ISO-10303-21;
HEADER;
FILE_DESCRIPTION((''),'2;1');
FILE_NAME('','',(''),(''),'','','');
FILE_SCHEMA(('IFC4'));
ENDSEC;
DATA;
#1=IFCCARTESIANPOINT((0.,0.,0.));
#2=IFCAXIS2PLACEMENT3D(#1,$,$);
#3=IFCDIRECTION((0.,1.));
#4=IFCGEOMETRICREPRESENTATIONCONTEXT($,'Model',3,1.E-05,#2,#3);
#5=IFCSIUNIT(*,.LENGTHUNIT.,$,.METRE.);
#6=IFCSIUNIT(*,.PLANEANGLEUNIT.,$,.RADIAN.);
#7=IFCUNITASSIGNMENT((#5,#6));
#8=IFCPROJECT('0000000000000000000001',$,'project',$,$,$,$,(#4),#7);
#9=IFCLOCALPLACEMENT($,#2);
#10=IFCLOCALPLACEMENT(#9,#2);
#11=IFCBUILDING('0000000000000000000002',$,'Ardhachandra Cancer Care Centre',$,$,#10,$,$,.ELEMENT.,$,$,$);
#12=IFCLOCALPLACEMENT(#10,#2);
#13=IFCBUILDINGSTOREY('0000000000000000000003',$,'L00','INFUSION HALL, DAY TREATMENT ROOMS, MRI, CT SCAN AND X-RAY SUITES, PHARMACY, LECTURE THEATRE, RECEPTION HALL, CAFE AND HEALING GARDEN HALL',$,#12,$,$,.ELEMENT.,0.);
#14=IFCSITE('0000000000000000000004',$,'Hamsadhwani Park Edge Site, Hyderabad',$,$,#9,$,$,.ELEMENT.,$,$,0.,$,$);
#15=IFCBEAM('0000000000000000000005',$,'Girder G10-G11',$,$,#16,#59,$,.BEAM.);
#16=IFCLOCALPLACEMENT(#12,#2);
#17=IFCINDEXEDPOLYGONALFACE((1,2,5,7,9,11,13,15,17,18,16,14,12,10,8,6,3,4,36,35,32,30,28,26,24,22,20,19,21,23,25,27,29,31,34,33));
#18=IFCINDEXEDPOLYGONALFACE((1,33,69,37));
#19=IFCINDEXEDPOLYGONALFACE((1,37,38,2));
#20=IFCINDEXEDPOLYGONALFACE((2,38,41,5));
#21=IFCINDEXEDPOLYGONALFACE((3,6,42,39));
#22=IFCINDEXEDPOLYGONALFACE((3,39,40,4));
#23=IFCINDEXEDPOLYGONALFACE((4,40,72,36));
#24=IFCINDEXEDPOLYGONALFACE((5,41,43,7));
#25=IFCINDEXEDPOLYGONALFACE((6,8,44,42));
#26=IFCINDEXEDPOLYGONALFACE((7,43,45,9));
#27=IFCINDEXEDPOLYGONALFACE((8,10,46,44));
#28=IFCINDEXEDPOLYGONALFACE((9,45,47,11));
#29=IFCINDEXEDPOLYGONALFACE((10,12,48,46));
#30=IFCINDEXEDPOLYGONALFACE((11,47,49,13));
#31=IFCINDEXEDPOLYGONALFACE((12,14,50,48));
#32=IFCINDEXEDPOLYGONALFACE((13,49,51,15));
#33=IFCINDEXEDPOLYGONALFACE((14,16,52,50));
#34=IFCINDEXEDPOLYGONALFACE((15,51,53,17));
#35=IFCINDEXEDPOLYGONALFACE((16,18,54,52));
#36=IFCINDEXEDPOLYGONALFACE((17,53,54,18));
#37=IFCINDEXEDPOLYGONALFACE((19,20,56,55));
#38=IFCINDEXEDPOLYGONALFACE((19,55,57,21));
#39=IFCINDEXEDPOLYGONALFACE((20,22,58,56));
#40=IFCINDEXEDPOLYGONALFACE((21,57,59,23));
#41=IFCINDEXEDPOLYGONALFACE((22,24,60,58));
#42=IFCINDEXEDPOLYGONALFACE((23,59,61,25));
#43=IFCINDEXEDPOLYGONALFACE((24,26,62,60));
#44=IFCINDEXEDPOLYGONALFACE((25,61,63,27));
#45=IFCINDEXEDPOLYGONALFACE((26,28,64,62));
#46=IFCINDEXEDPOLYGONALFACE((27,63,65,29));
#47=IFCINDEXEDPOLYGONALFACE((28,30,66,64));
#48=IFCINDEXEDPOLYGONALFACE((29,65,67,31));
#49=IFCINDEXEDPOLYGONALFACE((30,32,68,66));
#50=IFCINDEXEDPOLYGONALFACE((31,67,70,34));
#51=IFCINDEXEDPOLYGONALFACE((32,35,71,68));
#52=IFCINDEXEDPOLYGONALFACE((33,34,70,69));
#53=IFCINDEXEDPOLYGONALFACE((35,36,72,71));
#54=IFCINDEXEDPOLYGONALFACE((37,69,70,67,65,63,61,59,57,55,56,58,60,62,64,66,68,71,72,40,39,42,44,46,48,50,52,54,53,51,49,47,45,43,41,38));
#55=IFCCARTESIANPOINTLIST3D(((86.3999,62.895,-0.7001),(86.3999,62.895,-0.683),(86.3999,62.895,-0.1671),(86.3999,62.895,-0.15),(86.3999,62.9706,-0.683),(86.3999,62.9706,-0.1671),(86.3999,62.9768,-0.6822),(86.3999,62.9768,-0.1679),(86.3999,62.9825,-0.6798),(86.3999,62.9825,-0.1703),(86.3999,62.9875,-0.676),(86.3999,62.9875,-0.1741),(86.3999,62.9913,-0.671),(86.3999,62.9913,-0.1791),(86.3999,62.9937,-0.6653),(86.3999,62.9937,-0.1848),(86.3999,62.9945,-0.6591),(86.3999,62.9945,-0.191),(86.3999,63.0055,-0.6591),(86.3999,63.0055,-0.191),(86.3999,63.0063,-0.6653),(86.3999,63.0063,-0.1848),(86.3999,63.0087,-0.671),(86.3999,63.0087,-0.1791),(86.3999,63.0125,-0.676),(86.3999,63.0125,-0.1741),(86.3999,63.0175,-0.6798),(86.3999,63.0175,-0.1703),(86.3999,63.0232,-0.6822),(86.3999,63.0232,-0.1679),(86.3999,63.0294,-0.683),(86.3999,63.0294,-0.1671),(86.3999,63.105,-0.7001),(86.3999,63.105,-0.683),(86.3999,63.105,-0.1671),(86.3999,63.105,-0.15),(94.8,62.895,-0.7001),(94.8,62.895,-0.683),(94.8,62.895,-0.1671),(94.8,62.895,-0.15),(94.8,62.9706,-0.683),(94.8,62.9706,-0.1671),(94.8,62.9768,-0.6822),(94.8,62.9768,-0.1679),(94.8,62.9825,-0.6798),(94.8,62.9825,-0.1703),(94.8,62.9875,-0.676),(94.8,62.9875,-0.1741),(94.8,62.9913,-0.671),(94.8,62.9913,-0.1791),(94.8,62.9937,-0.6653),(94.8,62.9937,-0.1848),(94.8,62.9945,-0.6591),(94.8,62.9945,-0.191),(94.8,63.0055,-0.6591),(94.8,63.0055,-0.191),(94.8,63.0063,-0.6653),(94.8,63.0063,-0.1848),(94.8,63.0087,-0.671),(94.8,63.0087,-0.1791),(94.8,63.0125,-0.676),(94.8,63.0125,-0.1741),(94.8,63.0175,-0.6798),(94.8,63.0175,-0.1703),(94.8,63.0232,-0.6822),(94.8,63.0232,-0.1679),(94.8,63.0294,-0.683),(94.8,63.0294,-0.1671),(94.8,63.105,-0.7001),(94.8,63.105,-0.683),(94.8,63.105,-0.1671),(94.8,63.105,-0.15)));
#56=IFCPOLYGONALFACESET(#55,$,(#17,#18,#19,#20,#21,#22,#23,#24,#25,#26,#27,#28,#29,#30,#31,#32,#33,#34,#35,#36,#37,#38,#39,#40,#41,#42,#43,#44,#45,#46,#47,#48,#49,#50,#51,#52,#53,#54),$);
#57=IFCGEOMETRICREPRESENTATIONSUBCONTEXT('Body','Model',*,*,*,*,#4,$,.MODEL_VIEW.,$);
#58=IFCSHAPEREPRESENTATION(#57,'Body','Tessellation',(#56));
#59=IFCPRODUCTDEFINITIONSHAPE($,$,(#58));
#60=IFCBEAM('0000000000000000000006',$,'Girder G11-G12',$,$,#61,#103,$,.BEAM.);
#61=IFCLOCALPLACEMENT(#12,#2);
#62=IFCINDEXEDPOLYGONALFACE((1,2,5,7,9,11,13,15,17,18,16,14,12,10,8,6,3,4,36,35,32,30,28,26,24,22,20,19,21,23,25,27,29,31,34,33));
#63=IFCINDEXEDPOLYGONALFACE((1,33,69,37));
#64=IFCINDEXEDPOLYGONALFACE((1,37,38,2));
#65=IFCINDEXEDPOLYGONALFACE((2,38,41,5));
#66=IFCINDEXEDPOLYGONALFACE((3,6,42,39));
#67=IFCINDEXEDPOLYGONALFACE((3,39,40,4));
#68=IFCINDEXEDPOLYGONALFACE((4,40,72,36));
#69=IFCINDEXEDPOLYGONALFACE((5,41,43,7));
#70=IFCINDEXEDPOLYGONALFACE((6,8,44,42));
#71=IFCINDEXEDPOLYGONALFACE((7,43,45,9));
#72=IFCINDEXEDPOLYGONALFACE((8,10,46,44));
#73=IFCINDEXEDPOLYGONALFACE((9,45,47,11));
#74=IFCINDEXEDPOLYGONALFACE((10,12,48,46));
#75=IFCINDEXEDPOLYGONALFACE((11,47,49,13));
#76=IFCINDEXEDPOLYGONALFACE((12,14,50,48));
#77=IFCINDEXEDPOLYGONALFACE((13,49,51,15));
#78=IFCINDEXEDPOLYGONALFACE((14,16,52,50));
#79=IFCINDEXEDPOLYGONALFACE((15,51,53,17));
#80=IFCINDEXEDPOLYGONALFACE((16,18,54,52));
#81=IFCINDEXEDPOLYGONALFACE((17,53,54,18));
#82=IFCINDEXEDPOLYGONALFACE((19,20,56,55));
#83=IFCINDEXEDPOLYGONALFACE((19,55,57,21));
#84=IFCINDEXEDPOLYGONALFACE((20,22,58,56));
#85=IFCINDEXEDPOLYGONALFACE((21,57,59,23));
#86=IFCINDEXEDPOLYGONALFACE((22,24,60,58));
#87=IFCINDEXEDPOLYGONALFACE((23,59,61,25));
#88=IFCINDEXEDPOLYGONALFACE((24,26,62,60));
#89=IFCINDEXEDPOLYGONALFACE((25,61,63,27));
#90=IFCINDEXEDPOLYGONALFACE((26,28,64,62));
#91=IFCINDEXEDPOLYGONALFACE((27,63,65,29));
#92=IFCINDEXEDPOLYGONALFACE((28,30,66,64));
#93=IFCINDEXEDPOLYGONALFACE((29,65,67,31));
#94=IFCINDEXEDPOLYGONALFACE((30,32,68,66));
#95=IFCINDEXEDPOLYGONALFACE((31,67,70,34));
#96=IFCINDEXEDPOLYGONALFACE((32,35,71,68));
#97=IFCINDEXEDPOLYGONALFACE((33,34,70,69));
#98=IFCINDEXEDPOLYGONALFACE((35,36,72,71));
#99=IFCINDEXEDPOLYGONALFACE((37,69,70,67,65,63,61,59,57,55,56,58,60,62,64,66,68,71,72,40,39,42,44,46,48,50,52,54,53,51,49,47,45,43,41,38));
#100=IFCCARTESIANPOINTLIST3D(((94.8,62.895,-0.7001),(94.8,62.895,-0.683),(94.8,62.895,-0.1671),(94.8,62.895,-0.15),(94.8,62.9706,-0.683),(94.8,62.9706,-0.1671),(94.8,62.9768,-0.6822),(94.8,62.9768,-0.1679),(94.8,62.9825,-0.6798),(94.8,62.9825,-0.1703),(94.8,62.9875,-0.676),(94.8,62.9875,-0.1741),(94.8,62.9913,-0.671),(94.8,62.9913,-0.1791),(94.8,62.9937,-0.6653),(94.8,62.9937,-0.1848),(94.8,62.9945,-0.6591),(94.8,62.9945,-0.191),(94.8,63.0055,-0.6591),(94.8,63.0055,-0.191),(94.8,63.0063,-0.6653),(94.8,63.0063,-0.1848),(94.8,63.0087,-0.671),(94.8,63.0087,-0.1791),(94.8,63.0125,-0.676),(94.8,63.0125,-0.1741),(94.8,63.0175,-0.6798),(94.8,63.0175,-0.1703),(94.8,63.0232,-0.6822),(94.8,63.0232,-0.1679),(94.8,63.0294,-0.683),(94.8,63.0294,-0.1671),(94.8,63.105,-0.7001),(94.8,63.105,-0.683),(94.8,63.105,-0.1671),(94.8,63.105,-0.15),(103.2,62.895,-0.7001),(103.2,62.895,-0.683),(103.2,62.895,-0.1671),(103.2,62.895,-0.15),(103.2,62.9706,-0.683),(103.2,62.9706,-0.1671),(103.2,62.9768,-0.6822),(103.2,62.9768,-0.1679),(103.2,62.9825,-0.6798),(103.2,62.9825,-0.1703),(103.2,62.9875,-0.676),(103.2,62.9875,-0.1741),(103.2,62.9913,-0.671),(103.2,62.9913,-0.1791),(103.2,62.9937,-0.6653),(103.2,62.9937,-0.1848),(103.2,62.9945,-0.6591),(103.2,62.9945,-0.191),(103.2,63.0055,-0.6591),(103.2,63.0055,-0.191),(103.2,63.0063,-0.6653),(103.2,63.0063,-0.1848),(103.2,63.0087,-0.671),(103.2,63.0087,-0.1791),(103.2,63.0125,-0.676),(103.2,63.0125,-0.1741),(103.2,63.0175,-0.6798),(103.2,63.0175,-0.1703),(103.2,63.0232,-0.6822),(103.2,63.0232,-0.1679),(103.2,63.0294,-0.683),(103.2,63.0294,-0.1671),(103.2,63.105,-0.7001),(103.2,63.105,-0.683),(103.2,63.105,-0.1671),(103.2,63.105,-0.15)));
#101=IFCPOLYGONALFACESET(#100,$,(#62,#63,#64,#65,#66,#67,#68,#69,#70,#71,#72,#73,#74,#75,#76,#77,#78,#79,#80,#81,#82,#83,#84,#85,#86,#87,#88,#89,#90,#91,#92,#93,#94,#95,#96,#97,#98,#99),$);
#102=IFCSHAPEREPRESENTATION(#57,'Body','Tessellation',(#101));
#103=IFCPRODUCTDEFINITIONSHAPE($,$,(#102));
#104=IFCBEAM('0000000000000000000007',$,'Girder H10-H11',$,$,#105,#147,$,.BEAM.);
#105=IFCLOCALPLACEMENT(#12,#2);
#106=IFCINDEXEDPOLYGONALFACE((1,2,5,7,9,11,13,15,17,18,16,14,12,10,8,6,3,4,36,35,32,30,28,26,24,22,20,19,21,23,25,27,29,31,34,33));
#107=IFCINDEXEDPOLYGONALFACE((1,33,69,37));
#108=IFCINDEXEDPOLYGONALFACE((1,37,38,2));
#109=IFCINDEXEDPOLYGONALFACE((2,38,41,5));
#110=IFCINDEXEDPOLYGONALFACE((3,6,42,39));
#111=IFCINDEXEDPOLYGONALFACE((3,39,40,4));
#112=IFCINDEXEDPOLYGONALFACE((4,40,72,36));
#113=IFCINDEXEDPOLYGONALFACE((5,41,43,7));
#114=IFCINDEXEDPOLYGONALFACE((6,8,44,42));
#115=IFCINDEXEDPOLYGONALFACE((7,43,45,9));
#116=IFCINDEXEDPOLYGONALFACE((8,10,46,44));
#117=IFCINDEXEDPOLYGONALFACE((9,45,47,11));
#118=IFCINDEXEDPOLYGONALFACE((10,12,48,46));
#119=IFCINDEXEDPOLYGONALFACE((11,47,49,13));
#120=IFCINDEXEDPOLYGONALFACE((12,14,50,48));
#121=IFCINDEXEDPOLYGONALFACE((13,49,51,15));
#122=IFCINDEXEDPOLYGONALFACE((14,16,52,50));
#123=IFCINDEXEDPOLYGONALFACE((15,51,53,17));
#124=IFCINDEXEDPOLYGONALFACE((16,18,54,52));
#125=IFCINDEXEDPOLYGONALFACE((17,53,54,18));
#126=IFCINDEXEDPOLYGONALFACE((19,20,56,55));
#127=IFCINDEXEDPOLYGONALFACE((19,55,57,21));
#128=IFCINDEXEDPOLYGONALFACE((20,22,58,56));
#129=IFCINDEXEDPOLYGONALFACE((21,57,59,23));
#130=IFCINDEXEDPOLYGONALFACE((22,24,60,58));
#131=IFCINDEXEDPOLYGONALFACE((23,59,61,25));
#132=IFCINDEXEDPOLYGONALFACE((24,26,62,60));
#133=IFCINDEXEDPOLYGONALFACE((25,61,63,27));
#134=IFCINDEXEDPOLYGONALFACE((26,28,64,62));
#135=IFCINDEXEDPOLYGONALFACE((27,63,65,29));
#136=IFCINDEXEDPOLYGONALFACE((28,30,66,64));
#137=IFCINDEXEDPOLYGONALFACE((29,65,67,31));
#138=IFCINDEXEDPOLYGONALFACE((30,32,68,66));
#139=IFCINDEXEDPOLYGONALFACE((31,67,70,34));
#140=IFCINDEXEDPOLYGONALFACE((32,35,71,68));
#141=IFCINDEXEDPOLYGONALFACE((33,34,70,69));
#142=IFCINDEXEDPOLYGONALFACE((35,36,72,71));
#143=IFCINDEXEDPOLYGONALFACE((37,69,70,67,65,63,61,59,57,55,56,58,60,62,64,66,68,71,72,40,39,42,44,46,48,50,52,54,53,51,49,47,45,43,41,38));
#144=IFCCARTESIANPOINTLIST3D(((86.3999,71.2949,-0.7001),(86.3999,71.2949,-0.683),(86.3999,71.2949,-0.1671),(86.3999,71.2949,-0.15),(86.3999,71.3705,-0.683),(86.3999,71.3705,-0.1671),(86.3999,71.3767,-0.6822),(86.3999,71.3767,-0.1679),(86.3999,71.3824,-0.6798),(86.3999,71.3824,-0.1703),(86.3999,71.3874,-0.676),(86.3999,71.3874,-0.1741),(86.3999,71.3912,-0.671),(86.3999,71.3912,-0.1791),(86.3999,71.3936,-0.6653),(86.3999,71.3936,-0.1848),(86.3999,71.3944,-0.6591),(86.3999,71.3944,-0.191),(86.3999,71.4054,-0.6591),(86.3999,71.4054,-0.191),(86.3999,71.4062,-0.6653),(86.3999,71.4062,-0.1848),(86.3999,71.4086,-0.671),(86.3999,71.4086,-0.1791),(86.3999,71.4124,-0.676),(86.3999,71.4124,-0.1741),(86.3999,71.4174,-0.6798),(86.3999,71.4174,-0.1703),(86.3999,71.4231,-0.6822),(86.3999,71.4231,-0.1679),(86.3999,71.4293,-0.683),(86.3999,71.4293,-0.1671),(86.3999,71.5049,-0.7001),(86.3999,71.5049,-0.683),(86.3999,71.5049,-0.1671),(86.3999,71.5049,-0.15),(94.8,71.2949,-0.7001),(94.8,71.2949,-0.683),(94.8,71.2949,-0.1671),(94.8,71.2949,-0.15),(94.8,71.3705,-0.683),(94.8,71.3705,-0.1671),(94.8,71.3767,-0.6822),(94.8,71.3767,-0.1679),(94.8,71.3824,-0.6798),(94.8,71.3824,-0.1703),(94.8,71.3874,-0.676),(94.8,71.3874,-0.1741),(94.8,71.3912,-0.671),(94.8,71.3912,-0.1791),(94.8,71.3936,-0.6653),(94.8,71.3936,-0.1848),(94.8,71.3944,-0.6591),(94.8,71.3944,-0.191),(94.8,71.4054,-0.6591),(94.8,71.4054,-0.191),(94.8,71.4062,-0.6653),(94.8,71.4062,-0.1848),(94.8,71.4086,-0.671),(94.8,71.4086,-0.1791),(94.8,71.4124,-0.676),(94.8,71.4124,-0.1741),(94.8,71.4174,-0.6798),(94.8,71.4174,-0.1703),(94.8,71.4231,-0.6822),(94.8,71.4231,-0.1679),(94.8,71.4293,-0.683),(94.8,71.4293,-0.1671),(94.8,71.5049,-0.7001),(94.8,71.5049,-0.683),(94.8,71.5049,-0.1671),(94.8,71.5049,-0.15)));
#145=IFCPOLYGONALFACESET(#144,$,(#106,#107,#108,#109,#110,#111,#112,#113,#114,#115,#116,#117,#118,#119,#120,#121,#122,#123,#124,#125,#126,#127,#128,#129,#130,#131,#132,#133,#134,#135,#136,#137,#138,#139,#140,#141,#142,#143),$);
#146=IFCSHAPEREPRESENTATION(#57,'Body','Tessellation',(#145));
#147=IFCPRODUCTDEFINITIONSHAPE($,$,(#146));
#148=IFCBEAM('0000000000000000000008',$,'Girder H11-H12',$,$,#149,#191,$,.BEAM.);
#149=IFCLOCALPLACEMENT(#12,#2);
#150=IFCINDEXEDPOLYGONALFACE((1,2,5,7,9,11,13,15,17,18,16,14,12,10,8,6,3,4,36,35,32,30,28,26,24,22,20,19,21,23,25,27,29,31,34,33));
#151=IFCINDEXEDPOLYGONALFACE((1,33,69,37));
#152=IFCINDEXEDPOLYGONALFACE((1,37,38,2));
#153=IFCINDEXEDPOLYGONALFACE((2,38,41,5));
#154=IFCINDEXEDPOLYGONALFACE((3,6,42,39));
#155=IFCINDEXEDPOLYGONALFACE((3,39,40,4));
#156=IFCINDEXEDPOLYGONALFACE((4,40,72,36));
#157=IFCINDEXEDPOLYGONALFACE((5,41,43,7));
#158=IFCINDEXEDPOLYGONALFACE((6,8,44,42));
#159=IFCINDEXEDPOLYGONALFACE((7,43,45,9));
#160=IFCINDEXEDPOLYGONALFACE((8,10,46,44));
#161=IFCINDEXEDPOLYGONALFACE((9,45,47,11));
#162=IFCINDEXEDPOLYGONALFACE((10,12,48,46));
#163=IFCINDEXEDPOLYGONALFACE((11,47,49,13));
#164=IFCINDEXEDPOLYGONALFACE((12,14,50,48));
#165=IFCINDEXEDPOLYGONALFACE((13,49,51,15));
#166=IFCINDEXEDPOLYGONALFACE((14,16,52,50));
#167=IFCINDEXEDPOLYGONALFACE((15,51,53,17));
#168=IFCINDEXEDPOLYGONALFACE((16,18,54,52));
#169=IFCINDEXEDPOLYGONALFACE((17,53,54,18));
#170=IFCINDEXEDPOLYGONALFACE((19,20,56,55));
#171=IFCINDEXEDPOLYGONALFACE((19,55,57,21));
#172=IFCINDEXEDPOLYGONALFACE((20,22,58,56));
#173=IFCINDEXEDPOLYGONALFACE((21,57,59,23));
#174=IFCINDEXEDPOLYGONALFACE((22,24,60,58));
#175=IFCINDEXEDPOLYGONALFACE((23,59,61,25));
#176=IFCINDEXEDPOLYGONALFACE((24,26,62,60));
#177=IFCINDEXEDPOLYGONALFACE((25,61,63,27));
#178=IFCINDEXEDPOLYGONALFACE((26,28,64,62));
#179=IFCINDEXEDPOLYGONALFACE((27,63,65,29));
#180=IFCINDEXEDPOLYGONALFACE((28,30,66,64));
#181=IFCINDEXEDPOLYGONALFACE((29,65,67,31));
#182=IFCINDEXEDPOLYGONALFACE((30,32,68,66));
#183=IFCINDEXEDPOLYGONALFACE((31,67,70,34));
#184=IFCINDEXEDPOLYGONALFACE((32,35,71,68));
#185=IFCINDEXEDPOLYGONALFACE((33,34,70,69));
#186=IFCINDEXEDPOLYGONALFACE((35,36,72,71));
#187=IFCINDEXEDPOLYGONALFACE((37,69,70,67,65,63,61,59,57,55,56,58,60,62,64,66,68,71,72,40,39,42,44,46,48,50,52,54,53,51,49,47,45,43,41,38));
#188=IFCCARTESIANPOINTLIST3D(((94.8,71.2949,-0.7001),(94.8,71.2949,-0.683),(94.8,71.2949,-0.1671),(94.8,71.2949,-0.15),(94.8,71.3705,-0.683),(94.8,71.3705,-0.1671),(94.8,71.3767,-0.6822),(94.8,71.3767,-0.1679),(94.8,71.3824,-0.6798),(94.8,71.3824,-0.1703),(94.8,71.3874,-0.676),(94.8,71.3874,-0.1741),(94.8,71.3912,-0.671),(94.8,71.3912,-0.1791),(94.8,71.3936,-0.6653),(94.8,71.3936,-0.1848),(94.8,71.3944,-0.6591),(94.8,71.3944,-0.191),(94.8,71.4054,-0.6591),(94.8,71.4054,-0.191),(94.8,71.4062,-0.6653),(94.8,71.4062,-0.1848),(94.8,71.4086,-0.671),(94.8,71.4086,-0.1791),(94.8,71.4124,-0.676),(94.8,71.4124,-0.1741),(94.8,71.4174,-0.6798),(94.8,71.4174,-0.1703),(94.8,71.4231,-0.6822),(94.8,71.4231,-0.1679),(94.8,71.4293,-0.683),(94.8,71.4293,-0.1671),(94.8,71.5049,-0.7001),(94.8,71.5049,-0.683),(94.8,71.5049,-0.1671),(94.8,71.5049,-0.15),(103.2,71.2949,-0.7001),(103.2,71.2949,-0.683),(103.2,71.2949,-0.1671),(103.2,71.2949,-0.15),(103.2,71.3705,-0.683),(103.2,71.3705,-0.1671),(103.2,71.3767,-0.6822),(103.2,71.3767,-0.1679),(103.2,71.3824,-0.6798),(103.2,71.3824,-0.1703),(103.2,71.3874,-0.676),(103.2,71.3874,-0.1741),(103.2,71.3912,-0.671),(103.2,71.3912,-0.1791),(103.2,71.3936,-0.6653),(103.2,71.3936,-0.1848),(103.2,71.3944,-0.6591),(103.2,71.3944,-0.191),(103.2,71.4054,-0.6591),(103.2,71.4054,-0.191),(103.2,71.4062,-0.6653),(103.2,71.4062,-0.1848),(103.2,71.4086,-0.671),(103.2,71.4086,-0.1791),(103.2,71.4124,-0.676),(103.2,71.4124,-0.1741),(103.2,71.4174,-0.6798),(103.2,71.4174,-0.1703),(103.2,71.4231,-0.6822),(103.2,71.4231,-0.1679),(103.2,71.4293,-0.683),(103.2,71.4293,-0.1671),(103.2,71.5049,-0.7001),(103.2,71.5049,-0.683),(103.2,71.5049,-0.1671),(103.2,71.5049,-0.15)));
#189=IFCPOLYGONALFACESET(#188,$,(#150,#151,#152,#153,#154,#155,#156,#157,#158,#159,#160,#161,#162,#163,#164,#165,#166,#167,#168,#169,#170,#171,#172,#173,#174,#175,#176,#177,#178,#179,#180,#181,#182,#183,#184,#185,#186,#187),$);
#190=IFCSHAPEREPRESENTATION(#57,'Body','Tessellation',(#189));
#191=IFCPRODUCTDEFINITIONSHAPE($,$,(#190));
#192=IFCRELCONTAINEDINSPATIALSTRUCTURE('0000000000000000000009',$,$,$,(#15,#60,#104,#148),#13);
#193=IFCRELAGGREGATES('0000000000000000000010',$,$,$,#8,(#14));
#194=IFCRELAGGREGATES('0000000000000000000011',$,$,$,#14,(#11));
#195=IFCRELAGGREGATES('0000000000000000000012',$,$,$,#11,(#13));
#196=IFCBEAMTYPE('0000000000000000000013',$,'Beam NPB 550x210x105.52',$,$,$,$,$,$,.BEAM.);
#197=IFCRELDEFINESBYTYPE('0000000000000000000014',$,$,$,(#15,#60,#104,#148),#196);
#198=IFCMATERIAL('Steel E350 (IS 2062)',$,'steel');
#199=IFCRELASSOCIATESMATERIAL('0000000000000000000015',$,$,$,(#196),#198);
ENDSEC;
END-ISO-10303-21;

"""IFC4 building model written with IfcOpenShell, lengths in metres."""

from ifc_helpers import new_model, si_unit, direction, frame, origin, origin_2d, place, context, subcontext, project, spatial, i_section, extrude, material, material_profile, profile_set, type_object, element, save


model = new_model("IFC4")

# Units and contexts
model_context = context("Model", 3, precision=1e-05, world=origin(), true_north=direction((0.0, 1.0)))
body_context = subcontext(model_context, "Body", "Model", "MODEL_VIEW")
ifc_project = project(units=[si_unit("LENGTHUNIT", "METRE"), si_unit("PLANEANGLEUNIT", "RADIAN")], contexts=[model_context])

# Site, building, storey
site_placement = place(None, origin())
site = spatial("IfcSite", under=ifc_project, at=site_placement, Name="Hamsadhwani Park Edge Site, Hyderabad", CompositionType="ELEMENT", RefElevation=0.0)
building_placement = place(site_placement, origin())
building = spatial("IfcBuilding", under=site, at=building_placement, Name="Ardhachandra Cancer Care Centre", CompositionType="ELEMENT")
storey_placement = place(building_placement, origin())
storey = spatial("IfcBuildingStorey", under=building, at=storey_placement, Name="L00", Description="INFUSION HALL, DAY TREATMENT ROOMS, MRI, CT SCAN AND X-RAY SUITES, PHARMACY, LECTURE THEATRE, RECEPTION HALL, CAFE AND HEALING GARDEN HALL", CompositionType="ELEMENT", Elevation=0.0)

# Beams
ifc_material_1 = material(Name="Steel E350 (IS 2062)", Category="steel")
ifc_material_profile_1 = material_profile(ifc_material_1, i_section(OverallWidth=0.21, OverallDepth=0.55, WebThickness=0.011, FlangeThickness=0.0171, FilletRadius=0.0239, at=origin_2d()), Name="NPB 550x210x105.52")
ifc_profile_set_1 = profile_set([ifc_material_profile_1], Name="Steel E350 (IS 2062)")
beam_type_1 = type_object("IfcBeamType", Name="Beam NPB 550x210x105.52", PredefinedType="BEAM", material=ifc_profile_set_1)
beam_1_placement = place(storey_placement, frame((86.3999, 63.0, -0.425), z_axis=(1.0, 0.0, 0.0), x_axis=(0.0, 1.0, 0.0)))
element("IfcBeam", 1, at=beam_1_placement, inside=storey, type_object=beam_type_1, Name="Girder G10-G11", PredefinedType="BEAM", context=body_context, shape_type="SweptSolid", body=[
    extrude(i_section(OverallWidth=0.21, OverallDepth=0.55, WebThickness=0.011, FlangeThickness=0.0171, FilletRadius=0.0239, at=origin_2d()), origin(), (0.0, 0.0, 1.0), 8.4001),
])
beam_2_placement = place(storey_placement, frame((94.8, 63.0, -0.425), z_axis=(1.0, 0.0, 0.0), x_axis=(0.0, 1.0, 0.0)))
element("IfcBeam", 2, at=beam_2_placement, inside=storey, type_object=beam_type_1, Name="Girder G11-G12", PredefinedType="BEAM", context=body_context, shape_type="SweptSolid", body=[
    extrude(i_section(OverallWidth=0.21, OverallDepth=0.55, WebThickness=0.011, FlangeThickness=0.0171, FilletRadius=0.0239, at=origin_2d()), origin(), (0.0, 0.0, 1.0), 8.3999),
])
beam_3_placement = place(storey_placement, frame((86.3999, 71.3999, -0.425), z_axis=(1.0, 0.0, 0.0), x_axis=(0.0, 1.0, 0.0)))
element("IfcBeam", 3, at=beam_3_placement, inside=storey, type_object=beam_type_1, Name="Girder H10-H11", PredefinedType="BEAM", context=body_context, shape_type="SweptSolid", body=[
    extrude(i_section(OverallWidth=0.21, OverallDepth=0.55, WebThickness=0.011, FlangeThickness=0.0171, FilletRadius=0.0239, at=origin_2d()), origin(), (0.0, 0.0, 1.0), 8.4001),
])
for number, where, z_axis, x_axis, name in (
    (4, (94.8, 71.3999, -0.425), (1.0, 0.0, 0.0), (0.0, 1.0, 0.0), "Girder H11-H12"),
):
    element("IfcBeam", number, at=place(storey_placement, frame(where, z_axis=z_axis, x_axis=x_axis)), inside=storey, type_object=beam_type_1, Name=name, PredefinedType="BEAM", context=body_context, shape_type="SweptSolid", body=[
        extrude(i_section(OverallWidth=0.21, OverallDepth=0.55, WebThickness=0.011, FlangeThickness=0.0171, FilletRadius=0.0239, at=origin_2d()), origin(), (0.0, 0.0, 1.0), 8.3999),
    ])

save(model, "model.ifc")
